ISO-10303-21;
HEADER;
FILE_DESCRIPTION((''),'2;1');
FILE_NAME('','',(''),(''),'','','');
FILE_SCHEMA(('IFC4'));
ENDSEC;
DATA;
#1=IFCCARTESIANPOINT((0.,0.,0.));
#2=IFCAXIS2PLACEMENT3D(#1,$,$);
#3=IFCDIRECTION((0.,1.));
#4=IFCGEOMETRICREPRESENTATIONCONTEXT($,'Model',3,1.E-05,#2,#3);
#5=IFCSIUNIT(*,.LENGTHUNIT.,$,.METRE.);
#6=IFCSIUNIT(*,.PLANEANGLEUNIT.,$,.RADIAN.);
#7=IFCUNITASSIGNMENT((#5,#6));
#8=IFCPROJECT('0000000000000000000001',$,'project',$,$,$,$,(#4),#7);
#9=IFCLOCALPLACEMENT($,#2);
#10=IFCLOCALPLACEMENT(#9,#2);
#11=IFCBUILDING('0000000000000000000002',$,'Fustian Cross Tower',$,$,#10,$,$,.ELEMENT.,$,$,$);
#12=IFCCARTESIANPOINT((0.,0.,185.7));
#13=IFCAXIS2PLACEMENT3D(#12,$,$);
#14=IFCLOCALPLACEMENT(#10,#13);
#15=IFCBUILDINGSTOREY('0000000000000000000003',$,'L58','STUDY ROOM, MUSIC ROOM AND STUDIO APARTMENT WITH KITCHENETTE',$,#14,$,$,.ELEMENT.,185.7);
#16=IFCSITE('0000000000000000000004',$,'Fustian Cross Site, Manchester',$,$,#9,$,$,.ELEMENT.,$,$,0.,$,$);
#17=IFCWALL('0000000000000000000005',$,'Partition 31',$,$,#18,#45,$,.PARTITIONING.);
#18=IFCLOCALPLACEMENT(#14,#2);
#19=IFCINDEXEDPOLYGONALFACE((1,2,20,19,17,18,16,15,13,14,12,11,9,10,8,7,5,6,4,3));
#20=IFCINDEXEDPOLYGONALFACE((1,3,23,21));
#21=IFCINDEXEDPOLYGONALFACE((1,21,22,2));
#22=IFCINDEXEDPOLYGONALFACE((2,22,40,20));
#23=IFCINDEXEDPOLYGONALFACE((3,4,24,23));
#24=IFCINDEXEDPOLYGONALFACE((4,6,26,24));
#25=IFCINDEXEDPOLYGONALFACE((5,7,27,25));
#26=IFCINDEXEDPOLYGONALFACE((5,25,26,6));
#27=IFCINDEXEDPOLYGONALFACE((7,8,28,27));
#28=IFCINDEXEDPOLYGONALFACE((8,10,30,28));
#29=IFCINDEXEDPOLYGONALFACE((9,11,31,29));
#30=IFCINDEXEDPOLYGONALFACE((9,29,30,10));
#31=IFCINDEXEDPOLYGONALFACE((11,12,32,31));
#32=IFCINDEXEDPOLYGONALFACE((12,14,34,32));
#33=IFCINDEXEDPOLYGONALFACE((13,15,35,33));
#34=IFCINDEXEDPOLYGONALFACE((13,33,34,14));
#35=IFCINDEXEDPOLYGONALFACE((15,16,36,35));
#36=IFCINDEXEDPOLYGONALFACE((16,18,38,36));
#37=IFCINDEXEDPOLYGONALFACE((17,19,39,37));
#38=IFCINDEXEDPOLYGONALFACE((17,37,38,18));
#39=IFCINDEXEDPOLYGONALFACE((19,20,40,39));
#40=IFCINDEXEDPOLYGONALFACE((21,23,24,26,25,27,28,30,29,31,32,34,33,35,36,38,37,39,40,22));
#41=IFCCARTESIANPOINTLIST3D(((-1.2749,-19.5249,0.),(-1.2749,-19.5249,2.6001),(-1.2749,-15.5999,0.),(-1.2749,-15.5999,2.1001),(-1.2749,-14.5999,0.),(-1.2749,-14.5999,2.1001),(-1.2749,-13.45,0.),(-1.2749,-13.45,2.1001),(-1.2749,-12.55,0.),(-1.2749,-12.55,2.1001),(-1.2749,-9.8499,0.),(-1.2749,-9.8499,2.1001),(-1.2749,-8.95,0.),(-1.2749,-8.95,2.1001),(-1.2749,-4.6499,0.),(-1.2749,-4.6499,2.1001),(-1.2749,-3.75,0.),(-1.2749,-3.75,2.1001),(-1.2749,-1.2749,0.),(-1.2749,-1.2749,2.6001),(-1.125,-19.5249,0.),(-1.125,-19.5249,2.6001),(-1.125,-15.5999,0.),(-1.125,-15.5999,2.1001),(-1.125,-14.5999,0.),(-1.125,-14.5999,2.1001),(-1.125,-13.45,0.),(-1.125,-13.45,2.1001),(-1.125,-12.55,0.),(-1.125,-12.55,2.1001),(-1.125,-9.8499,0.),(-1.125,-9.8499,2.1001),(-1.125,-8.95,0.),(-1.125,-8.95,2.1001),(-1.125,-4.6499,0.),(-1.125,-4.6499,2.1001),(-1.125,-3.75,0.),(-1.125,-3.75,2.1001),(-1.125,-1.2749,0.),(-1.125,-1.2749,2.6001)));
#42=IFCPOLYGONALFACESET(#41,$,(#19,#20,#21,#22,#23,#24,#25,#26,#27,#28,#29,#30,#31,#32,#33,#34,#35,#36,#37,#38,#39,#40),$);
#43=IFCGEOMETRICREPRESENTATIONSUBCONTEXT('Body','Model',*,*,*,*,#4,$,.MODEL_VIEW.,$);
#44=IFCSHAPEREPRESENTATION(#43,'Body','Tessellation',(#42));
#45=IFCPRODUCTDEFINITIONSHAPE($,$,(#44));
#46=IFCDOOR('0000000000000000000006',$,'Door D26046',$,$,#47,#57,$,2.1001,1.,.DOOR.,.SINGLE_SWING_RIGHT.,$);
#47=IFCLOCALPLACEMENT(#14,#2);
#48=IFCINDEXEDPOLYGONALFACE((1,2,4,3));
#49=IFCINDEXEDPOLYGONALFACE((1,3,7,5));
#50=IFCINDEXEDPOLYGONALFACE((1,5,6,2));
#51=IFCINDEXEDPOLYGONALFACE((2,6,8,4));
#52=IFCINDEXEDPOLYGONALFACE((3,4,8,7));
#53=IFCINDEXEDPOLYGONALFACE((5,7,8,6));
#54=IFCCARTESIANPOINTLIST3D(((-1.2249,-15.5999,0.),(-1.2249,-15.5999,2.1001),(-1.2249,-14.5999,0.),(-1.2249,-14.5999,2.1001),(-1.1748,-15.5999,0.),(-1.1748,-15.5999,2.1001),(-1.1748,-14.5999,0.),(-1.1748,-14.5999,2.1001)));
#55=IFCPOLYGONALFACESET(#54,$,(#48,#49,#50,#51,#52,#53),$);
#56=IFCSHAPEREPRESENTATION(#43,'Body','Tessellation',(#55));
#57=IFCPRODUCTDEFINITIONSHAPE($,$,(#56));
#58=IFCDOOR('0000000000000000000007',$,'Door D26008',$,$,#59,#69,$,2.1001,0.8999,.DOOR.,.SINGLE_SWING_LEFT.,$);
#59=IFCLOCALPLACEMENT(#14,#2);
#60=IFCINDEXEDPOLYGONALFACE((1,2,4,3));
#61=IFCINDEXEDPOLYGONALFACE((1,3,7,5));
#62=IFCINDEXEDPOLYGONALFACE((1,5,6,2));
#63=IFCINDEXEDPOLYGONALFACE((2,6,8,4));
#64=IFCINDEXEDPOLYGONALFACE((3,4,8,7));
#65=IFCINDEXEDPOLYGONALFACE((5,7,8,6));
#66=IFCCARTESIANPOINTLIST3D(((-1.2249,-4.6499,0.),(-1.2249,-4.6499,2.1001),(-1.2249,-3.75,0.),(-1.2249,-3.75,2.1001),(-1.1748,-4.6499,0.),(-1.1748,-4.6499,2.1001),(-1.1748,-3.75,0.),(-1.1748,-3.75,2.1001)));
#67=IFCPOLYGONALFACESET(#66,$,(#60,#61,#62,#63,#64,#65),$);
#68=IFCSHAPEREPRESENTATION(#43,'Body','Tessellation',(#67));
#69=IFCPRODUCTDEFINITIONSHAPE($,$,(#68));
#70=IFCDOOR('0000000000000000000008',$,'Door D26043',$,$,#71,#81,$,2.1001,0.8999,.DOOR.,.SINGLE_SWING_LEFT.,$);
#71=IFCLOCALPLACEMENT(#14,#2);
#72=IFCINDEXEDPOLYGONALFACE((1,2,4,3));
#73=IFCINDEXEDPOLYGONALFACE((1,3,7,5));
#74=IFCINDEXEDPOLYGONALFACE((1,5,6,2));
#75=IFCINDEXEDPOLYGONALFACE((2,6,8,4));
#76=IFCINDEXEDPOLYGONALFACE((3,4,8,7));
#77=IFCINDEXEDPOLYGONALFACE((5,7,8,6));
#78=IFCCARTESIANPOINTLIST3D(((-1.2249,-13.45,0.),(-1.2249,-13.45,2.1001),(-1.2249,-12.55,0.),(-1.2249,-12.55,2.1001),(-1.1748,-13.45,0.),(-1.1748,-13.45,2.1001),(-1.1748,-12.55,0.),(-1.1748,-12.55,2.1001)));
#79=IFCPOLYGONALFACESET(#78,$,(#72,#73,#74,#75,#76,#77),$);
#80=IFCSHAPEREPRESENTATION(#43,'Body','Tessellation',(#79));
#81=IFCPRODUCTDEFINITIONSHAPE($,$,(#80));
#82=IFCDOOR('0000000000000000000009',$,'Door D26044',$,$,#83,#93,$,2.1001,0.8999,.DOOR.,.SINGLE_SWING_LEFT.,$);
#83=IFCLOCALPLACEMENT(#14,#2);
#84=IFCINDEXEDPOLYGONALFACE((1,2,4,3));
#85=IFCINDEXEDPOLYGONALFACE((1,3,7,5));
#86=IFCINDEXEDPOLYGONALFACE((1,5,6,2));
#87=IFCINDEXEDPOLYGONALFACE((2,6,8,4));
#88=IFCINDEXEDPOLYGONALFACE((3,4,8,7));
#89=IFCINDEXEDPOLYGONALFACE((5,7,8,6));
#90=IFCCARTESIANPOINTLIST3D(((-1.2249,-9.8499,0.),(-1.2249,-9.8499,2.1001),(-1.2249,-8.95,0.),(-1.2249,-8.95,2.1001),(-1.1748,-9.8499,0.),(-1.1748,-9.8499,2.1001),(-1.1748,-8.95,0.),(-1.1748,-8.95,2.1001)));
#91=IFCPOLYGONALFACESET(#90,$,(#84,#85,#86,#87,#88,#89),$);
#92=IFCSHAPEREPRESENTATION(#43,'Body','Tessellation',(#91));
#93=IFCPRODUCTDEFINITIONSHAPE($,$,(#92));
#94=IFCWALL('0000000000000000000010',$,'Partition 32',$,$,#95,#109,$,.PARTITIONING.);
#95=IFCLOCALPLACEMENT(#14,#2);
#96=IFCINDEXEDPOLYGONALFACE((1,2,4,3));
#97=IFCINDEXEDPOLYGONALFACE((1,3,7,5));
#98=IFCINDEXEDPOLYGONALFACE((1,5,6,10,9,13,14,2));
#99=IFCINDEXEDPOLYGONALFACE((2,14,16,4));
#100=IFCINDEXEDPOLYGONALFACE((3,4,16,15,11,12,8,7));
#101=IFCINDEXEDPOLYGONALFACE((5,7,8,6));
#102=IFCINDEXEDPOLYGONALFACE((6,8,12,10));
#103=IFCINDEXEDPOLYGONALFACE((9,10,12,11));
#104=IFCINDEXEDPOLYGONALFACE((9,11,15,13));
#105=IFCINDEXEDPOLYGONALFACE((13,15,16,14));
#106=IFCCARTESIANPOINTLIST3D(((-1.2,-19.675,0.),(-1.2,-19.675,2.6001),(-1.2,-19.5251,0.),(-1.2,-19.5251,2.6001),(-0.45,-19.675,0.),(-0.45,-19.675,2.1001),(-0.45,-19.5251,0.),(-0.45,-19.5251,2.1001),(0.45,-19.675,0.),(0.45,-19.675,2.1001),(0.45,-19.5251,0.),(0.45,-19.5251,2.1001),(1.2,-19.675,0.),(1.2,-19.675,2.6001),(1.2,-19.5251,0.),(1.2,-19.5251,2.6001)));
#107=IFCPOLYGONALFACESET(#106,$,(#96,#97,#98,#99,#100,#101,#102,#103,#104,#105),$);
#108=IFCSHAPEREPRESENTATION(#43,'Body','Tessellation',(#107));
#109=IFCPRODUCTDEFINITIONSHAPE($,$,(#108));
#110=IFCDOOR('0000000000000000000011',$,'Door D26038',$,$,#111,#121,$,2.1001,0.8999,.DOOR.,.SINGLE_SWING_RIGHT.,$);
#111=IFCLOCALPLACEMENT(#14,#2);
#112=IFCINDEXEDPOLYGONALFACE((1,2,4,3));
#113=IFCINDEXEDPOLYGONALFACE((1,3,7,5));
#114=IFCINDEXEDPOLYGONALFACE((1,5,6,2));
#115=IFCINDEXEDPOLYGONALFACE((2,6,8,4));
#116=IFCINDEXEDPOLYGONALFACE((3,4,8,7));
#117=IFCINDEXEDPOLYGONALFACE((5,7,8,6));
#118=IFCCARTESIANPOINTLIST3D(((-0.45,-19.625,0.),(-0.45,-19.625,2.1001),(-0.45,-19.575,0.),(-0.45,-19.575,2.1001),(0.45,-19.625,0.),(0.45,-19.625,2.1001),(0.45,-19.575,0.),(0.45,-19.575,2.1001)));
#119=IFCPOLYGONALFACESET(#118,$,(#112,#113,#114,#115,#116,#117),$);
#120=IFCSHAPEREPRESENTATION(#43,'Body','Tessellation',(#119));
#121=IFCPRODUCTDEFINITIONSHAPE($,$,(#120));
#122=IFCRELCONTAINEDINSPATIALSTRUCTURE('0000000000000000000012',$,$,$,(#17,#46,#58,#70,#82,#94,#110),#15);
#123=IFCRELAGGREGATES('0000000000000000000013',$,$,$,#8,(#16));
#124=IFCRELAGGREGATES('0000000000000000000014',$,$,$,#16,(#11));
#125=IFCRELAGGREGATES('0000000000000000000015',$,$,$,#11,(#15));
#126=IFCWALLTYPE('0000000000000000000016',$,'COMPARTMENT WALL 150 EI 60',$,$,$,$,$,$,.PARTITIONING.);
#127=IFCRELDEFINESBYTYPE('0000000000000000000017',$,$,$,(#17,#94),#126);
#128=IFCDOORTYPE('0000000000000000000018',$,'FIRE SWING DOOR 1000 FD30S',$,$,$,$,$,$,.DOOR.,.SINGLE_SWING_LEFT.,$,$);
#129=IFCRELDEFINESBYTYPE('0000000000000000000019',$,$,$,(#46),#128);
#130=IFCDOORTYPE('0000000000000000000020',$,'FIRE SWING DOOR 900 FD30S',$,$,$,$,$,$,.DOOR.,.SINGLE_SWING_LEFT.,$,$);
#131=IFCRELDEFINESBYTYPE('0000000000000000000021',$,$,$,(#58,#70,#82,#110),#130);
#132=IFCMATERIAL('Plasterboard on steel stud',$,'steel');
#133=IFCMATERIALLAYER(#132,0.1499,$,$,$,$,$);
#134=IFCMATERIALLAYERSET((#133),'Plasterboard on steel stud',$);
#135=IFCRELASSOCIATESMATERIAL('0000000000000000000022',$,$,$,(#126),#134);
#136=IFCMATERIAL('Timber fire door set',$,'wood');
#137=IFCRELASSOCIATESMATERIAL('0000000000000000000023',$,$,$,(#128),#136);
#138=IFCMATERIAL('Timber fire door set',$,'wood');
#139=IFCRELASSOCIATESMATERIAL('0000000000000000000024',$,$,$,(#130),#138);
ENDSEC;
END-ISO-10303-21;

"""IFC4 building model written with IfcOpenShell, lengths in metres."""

from ifc_helpers import new_model, si_unit, direction, frame, frame_2d, origin, place, context, subcontext, project, spatial, rectangle, extrude, material, layer, layer_set, type_object, element, fill, save


model = new_model("IFC4")

# Units and contexts
model_context = context("Model", 3, precision=1e-05, world=origin(), true_north=direction((0.0, 1.0)))
body_context = subcontext(model_context, "Body", "Model", "MODEL_VIEW")
ifc_project = project(units=[si_unit("LENGTHUNIT", "METRE"), si_unit("PLANEANGLEUNIT", "RADIAN")], contexts=[model_context])

# Site, building, storey
site_placement = place(None, origin())
site = spatial("IfcSite", under=ifc_project, at=site_placement, Name="Fustian Cross Site, Manchester", CompositionType="ELEMENT", RefElevation=0.0)
building_placement = place(site_placement, origin())
building = spatial("IfcBuilding", under=site, at=building_placement, Name="Fustian Cross Tower", CompositionType="ELEMENT")
storey_placement = place(building_placement, frame((0.0, 0.0, 185.7)))
storey = spatial("IfcBuildingStorey", under=building, at=storey_placement, Name="L58", Description="STUDY ROOM, MUSIC ROOM AND STUDIO APARTMENT WITH KITCHENETTE", CompositionType="ELEMENT", Elevation=185.7)

# Wall, openings, doors
ifc_material_1 = material(Name="Plasterboard on steel stud", Category="steel")
ifc_layer_1 = layer(ifc_material_1, 0.1499)
ifc_layer_set_1 = layer_set([ifc_layer_1], Name="Plasterboard on steel stud")
wall_type_1 = type_object("IfcWallType", Name="COMPARTMENT WALL 150 EI 60", PredefinedType="PARTITIONING", material=ifc_layer_set_1)
wall_1_placement = place(storey_placement, frame((-1.2, -19.5249, 0.0), z_axis=(0.0, 0.0, 1.0), x_axis=(0.0, 1.0, 0.0)))
wall_1 = element("IfcWall", 1, at=wall_1_placement, inside=storey, type_object=wall_type_1, Name="Partition 31", PredefinedType="PARTITIONING", context=body_context, shape_type="SweptSolid", body=[
    extrude(rectangle(XDim=18.25, YDim=0.1499, at=frame_2d((9.125, 0.0))), origin(), (0.0, 0.0, 1.0), 2.6001),
])
opening_1_placement = place(wall_1_placement, frame((14.875, 0.0, 0.0)))
opening_1 = element("IfcOpeningElement", 2, at=opening_1_placement, cuts=wall_1, PredefinedType="OPENING", context=body_context, shape_type="SweptSolid", body=[
    extrude(rectangle(XDim=0.8999, YDim=2.1001, at=frame_2d((0.45, 1.05))), frame((0.0, 0.085, 0.0), z_axis=(0.0, -1.0, 0.0), x_axis=(1.0, 0.0, 0.0)), (0.0, 0.0, 1.0), 0.1699),
])
opening_2_placement = place(wall_1_placement, frame((6.075, 0.0, 0.0)))
opening_2 = element("IfcOpeningElement", 3, at=opening_2_placement, cuts=wall_1, PredefinedType="OPENING", context=body_context, shape_type="SweptSolid", body=[
    extrude(rectangle(XDim=0.8999, YDim=2.1001, at=frame_2d((0.45, 1.05))), frame((0.0, 0.085, 0.0), z_axis=(0.0, -1.0, 0.0), x_axis=(1.0, 0.0, 0.0)), (0.0, 0.0, 1.0), 0.1699),
])
opening_3_placement = place(wall_1_placement, frame((9.675, 0.0, 0.0)))
opening_3 = element("IfcOpeningElement", 4, at=opening_3_placement, cuts=wall_1, PredefinedType="OPENING", context=body_context, shape_type="SweptSolid", body=[
    extrude(rectangle(XDim=0.8999, YDim=2.1001, at=frame_2d((0.45, 1.05))), frame((0.0, 0.085, 0.0), z_axis=(0.0, -1.0, 0.0), x_axis=(1.0, 0.0, 0.0)), (0.0, 0.0, 1.0), 0.1699),
])
opening_4_placement = place(wall_1_placement, frame((3.925, 0.0, 0.0)))
opening_4 = element("IfcOpeningElement", 5, at=opening_4_placement, cuts=wall_1, PredefinedType="OPENING", context=body_context, shape_type="SweptSolid", body=[
    extrude(rectangle(XDim=1.0, YDim=2.1001, at=frame_2d((0.5, 1.05))), frame((0.0, 0.085, 0.0), z_axis=(0.0, -1.0, 0.0), x_axis=(1.0, 0.0, 0.0)), (0.0, 0.0, 1.0), 0.1699),
])
ifc_material_2 = material(Name="Timber fire door set", Category="wood")
door_type_1 = type_object("IfcDoorType", Name="FIRE SWING DOOR 1000 FD30S", OperationType="SINGLE_SWING_LEFT", PredefinedType="DOOR", material=ifc_material_2)
door_1_placement = place(opening_4_placement, origin())
door_1 = element("IfcDoor", 6, at=door_1_placement, inside=storey, type_object=door_type_1, Name="Door D26046", OperationType="SINGLE_SWING_RIGHT", OverallHeight=2.1001, OverallWidth=1.0, PredefinedType="DOOR", context=body_context, shape_type="SweptSolid", body=[
    extrude(rectangle(XDim=1.0, YDim=2.1001, at=frame_2d((0.5, 1.05))), frame((0.0, 0.0249, 0.0), z_axis=(0.0, -1.0, 0.0), x_axis=(1.0, 0.0, 0.0)), (0.0, 0.0, 1.0), 0.05),
])
fill(opening_4, door_1)
ifc_material_3 = material(Name="Timber fire door set", Category="wood")
door_type_2 = type_object("IfcDoorType", Name="FIRE SWING DOOR 900 FD30S", OperationType="SINGLE_SWING_LEFT", PredefinedType="DOOR", material=ifc_material_3)
door_2_placement = place(opening_1_placement, origin())
door_2 = element("IfcDoor", 7, at=door_2_placement, inside=storey, type_object=door_type_2, Name="Door D26008", OperationType="SINGLE_SWING_LEFT", OverallHeight=2.1001, OverallWidth=0.8999, PredefinedType="DOOR", context=body_context, shape_type="SweptSolid", body=[
    extrude(rectangle(XDim=0.8999, YDim=2.1001, at=frame_2d((0.45, 1.05))), frame((0.0, 0.0249, 0.0), z_axis=(0.0, -1.0, 0.0), x_axis=(1.0, 0.0, 0.0)), (0.0, 0.0, 1.0), 0.05),
])
fill(opening_1, door_2)
door_3_placement = place(opening_2_placement, origin())
door_3 = element("IfcDoor", 8, at=door_3_placement, inside=storey, type_object=door_type_2, Name="Door D26043", OperationType="SINGLE_SWING_LEFT", OverallHeight=2.1001, OverallWidth=0.8999, PredefinedType="DOOR", context=body_context, shape_type="SweptSolid", body=[
    extrude(rectangle(XDim=0.8999, YDim=2.1001, at=frame_2d((0.45, 1.05))), frame((0.0, 0.0249, 0.0), z_axis=(0.0, -1.0, 0.0), x_axis=(1.0, 0.0, 0.0)), (0.0, 0.0, 1.0), 0.05),
])
fill(opening_2, door_3)
door_4_placement = place(opening_3_placement, origin())
door_4 = element("IfcDoor", 9, at=door_4_placement, inside=storey, type_object=door_type_2, Name="Door D26044", OperationType="SINGLE_SWING_LEFT", OverallHeight=2.1001, OverallWidth=0.8999, PredefinedType="DOOR", context=body_context, shape_type="SweptSolid", body=[
    extrude(rectangle(XDim=0.8999, YDim=2.1001, at=frame_2d((0.45, 1.05))), frame((0.0, 0.0249, 0.0), z_axis=(0.0, -1.0, 0.0), x_axis=(1.0, 0.0, 0.0)), (0.0, 0.0, 1.0), 0.05),
])
fill(opening_3, door_4)

# Wall, opening, door
wall_2_placement = place(storey_placement, frame((-1.2, -19.6001, 0.0), z_axis=(0.0, 0.0, 1.0), x_axis=(1.0, 0.0, 0.0)))
wall_2 = element("IfcWall", 10, at=wall_2_placement, inside=storey, type_object=wall_type_1, Name="Partition 32", PredefinedType="PARTITIONING", context=body_context, shape_type="SweptSolid", body=[
    extrude(rectangle(XDim=2.3999, YDim=0.1499, at=frame_2d((1.2, 0.0))), origin(), (0.0, 0.0, 1.0), 2.6001),
])
opening_5_placement = place(wall_2_placement, frame((0.75, 0.0, 0.0)))
opening_5 = element("IfcOpeningElement", 11, at=opening_5_placement, cuts=wall_2, PredefinedType="OPENING", context=body_context, shape_type="SweptSolid", body=[
    extrude(rectangle(XDim=0.8999, YDim=2.1001, at=frame_2d((0.45, 1.05))), frame((0.0, 0.085, 0.0), z_axis=(0.0, -1.0, 0.0), x_axis=(1.0, 0.0, 0.0)), (0.0, 0.0, 1.0), 0.1699),
])
door_5_placement = place(opening_5_placement, frame((0.8999, 0.0, 0.0), z_axis=(0.0, 0.0, 1.0), x_axis=(-1.0, 0.0, 0.0)))
door_5 = element("IfcDoor", 12, at=door_5_placement, inside=storey, type_object=door_type_2, Name="Door D26038", OperationType="SINGLE_SWING_RIGHT", OverallHeight=2.1001, OverallWidth=0.8999, PredefinedType="DOOR", context=body_context, shape_type="SweptSolid", body=[
    extrude(rectangle(XDim=0.8999, YDim=2.1001, at=frame_2d((0.45, 1.05))), frame((0.0, 0.0249, 0.0), z_axis=(0.0, -1.0, 0.0), x_axis=(1.0, 0.0, 0.0)), (0.0, 0.0, 1.0), 0.05),
])
fill(opening_5, door_5)

save(model, "model.ifc")
